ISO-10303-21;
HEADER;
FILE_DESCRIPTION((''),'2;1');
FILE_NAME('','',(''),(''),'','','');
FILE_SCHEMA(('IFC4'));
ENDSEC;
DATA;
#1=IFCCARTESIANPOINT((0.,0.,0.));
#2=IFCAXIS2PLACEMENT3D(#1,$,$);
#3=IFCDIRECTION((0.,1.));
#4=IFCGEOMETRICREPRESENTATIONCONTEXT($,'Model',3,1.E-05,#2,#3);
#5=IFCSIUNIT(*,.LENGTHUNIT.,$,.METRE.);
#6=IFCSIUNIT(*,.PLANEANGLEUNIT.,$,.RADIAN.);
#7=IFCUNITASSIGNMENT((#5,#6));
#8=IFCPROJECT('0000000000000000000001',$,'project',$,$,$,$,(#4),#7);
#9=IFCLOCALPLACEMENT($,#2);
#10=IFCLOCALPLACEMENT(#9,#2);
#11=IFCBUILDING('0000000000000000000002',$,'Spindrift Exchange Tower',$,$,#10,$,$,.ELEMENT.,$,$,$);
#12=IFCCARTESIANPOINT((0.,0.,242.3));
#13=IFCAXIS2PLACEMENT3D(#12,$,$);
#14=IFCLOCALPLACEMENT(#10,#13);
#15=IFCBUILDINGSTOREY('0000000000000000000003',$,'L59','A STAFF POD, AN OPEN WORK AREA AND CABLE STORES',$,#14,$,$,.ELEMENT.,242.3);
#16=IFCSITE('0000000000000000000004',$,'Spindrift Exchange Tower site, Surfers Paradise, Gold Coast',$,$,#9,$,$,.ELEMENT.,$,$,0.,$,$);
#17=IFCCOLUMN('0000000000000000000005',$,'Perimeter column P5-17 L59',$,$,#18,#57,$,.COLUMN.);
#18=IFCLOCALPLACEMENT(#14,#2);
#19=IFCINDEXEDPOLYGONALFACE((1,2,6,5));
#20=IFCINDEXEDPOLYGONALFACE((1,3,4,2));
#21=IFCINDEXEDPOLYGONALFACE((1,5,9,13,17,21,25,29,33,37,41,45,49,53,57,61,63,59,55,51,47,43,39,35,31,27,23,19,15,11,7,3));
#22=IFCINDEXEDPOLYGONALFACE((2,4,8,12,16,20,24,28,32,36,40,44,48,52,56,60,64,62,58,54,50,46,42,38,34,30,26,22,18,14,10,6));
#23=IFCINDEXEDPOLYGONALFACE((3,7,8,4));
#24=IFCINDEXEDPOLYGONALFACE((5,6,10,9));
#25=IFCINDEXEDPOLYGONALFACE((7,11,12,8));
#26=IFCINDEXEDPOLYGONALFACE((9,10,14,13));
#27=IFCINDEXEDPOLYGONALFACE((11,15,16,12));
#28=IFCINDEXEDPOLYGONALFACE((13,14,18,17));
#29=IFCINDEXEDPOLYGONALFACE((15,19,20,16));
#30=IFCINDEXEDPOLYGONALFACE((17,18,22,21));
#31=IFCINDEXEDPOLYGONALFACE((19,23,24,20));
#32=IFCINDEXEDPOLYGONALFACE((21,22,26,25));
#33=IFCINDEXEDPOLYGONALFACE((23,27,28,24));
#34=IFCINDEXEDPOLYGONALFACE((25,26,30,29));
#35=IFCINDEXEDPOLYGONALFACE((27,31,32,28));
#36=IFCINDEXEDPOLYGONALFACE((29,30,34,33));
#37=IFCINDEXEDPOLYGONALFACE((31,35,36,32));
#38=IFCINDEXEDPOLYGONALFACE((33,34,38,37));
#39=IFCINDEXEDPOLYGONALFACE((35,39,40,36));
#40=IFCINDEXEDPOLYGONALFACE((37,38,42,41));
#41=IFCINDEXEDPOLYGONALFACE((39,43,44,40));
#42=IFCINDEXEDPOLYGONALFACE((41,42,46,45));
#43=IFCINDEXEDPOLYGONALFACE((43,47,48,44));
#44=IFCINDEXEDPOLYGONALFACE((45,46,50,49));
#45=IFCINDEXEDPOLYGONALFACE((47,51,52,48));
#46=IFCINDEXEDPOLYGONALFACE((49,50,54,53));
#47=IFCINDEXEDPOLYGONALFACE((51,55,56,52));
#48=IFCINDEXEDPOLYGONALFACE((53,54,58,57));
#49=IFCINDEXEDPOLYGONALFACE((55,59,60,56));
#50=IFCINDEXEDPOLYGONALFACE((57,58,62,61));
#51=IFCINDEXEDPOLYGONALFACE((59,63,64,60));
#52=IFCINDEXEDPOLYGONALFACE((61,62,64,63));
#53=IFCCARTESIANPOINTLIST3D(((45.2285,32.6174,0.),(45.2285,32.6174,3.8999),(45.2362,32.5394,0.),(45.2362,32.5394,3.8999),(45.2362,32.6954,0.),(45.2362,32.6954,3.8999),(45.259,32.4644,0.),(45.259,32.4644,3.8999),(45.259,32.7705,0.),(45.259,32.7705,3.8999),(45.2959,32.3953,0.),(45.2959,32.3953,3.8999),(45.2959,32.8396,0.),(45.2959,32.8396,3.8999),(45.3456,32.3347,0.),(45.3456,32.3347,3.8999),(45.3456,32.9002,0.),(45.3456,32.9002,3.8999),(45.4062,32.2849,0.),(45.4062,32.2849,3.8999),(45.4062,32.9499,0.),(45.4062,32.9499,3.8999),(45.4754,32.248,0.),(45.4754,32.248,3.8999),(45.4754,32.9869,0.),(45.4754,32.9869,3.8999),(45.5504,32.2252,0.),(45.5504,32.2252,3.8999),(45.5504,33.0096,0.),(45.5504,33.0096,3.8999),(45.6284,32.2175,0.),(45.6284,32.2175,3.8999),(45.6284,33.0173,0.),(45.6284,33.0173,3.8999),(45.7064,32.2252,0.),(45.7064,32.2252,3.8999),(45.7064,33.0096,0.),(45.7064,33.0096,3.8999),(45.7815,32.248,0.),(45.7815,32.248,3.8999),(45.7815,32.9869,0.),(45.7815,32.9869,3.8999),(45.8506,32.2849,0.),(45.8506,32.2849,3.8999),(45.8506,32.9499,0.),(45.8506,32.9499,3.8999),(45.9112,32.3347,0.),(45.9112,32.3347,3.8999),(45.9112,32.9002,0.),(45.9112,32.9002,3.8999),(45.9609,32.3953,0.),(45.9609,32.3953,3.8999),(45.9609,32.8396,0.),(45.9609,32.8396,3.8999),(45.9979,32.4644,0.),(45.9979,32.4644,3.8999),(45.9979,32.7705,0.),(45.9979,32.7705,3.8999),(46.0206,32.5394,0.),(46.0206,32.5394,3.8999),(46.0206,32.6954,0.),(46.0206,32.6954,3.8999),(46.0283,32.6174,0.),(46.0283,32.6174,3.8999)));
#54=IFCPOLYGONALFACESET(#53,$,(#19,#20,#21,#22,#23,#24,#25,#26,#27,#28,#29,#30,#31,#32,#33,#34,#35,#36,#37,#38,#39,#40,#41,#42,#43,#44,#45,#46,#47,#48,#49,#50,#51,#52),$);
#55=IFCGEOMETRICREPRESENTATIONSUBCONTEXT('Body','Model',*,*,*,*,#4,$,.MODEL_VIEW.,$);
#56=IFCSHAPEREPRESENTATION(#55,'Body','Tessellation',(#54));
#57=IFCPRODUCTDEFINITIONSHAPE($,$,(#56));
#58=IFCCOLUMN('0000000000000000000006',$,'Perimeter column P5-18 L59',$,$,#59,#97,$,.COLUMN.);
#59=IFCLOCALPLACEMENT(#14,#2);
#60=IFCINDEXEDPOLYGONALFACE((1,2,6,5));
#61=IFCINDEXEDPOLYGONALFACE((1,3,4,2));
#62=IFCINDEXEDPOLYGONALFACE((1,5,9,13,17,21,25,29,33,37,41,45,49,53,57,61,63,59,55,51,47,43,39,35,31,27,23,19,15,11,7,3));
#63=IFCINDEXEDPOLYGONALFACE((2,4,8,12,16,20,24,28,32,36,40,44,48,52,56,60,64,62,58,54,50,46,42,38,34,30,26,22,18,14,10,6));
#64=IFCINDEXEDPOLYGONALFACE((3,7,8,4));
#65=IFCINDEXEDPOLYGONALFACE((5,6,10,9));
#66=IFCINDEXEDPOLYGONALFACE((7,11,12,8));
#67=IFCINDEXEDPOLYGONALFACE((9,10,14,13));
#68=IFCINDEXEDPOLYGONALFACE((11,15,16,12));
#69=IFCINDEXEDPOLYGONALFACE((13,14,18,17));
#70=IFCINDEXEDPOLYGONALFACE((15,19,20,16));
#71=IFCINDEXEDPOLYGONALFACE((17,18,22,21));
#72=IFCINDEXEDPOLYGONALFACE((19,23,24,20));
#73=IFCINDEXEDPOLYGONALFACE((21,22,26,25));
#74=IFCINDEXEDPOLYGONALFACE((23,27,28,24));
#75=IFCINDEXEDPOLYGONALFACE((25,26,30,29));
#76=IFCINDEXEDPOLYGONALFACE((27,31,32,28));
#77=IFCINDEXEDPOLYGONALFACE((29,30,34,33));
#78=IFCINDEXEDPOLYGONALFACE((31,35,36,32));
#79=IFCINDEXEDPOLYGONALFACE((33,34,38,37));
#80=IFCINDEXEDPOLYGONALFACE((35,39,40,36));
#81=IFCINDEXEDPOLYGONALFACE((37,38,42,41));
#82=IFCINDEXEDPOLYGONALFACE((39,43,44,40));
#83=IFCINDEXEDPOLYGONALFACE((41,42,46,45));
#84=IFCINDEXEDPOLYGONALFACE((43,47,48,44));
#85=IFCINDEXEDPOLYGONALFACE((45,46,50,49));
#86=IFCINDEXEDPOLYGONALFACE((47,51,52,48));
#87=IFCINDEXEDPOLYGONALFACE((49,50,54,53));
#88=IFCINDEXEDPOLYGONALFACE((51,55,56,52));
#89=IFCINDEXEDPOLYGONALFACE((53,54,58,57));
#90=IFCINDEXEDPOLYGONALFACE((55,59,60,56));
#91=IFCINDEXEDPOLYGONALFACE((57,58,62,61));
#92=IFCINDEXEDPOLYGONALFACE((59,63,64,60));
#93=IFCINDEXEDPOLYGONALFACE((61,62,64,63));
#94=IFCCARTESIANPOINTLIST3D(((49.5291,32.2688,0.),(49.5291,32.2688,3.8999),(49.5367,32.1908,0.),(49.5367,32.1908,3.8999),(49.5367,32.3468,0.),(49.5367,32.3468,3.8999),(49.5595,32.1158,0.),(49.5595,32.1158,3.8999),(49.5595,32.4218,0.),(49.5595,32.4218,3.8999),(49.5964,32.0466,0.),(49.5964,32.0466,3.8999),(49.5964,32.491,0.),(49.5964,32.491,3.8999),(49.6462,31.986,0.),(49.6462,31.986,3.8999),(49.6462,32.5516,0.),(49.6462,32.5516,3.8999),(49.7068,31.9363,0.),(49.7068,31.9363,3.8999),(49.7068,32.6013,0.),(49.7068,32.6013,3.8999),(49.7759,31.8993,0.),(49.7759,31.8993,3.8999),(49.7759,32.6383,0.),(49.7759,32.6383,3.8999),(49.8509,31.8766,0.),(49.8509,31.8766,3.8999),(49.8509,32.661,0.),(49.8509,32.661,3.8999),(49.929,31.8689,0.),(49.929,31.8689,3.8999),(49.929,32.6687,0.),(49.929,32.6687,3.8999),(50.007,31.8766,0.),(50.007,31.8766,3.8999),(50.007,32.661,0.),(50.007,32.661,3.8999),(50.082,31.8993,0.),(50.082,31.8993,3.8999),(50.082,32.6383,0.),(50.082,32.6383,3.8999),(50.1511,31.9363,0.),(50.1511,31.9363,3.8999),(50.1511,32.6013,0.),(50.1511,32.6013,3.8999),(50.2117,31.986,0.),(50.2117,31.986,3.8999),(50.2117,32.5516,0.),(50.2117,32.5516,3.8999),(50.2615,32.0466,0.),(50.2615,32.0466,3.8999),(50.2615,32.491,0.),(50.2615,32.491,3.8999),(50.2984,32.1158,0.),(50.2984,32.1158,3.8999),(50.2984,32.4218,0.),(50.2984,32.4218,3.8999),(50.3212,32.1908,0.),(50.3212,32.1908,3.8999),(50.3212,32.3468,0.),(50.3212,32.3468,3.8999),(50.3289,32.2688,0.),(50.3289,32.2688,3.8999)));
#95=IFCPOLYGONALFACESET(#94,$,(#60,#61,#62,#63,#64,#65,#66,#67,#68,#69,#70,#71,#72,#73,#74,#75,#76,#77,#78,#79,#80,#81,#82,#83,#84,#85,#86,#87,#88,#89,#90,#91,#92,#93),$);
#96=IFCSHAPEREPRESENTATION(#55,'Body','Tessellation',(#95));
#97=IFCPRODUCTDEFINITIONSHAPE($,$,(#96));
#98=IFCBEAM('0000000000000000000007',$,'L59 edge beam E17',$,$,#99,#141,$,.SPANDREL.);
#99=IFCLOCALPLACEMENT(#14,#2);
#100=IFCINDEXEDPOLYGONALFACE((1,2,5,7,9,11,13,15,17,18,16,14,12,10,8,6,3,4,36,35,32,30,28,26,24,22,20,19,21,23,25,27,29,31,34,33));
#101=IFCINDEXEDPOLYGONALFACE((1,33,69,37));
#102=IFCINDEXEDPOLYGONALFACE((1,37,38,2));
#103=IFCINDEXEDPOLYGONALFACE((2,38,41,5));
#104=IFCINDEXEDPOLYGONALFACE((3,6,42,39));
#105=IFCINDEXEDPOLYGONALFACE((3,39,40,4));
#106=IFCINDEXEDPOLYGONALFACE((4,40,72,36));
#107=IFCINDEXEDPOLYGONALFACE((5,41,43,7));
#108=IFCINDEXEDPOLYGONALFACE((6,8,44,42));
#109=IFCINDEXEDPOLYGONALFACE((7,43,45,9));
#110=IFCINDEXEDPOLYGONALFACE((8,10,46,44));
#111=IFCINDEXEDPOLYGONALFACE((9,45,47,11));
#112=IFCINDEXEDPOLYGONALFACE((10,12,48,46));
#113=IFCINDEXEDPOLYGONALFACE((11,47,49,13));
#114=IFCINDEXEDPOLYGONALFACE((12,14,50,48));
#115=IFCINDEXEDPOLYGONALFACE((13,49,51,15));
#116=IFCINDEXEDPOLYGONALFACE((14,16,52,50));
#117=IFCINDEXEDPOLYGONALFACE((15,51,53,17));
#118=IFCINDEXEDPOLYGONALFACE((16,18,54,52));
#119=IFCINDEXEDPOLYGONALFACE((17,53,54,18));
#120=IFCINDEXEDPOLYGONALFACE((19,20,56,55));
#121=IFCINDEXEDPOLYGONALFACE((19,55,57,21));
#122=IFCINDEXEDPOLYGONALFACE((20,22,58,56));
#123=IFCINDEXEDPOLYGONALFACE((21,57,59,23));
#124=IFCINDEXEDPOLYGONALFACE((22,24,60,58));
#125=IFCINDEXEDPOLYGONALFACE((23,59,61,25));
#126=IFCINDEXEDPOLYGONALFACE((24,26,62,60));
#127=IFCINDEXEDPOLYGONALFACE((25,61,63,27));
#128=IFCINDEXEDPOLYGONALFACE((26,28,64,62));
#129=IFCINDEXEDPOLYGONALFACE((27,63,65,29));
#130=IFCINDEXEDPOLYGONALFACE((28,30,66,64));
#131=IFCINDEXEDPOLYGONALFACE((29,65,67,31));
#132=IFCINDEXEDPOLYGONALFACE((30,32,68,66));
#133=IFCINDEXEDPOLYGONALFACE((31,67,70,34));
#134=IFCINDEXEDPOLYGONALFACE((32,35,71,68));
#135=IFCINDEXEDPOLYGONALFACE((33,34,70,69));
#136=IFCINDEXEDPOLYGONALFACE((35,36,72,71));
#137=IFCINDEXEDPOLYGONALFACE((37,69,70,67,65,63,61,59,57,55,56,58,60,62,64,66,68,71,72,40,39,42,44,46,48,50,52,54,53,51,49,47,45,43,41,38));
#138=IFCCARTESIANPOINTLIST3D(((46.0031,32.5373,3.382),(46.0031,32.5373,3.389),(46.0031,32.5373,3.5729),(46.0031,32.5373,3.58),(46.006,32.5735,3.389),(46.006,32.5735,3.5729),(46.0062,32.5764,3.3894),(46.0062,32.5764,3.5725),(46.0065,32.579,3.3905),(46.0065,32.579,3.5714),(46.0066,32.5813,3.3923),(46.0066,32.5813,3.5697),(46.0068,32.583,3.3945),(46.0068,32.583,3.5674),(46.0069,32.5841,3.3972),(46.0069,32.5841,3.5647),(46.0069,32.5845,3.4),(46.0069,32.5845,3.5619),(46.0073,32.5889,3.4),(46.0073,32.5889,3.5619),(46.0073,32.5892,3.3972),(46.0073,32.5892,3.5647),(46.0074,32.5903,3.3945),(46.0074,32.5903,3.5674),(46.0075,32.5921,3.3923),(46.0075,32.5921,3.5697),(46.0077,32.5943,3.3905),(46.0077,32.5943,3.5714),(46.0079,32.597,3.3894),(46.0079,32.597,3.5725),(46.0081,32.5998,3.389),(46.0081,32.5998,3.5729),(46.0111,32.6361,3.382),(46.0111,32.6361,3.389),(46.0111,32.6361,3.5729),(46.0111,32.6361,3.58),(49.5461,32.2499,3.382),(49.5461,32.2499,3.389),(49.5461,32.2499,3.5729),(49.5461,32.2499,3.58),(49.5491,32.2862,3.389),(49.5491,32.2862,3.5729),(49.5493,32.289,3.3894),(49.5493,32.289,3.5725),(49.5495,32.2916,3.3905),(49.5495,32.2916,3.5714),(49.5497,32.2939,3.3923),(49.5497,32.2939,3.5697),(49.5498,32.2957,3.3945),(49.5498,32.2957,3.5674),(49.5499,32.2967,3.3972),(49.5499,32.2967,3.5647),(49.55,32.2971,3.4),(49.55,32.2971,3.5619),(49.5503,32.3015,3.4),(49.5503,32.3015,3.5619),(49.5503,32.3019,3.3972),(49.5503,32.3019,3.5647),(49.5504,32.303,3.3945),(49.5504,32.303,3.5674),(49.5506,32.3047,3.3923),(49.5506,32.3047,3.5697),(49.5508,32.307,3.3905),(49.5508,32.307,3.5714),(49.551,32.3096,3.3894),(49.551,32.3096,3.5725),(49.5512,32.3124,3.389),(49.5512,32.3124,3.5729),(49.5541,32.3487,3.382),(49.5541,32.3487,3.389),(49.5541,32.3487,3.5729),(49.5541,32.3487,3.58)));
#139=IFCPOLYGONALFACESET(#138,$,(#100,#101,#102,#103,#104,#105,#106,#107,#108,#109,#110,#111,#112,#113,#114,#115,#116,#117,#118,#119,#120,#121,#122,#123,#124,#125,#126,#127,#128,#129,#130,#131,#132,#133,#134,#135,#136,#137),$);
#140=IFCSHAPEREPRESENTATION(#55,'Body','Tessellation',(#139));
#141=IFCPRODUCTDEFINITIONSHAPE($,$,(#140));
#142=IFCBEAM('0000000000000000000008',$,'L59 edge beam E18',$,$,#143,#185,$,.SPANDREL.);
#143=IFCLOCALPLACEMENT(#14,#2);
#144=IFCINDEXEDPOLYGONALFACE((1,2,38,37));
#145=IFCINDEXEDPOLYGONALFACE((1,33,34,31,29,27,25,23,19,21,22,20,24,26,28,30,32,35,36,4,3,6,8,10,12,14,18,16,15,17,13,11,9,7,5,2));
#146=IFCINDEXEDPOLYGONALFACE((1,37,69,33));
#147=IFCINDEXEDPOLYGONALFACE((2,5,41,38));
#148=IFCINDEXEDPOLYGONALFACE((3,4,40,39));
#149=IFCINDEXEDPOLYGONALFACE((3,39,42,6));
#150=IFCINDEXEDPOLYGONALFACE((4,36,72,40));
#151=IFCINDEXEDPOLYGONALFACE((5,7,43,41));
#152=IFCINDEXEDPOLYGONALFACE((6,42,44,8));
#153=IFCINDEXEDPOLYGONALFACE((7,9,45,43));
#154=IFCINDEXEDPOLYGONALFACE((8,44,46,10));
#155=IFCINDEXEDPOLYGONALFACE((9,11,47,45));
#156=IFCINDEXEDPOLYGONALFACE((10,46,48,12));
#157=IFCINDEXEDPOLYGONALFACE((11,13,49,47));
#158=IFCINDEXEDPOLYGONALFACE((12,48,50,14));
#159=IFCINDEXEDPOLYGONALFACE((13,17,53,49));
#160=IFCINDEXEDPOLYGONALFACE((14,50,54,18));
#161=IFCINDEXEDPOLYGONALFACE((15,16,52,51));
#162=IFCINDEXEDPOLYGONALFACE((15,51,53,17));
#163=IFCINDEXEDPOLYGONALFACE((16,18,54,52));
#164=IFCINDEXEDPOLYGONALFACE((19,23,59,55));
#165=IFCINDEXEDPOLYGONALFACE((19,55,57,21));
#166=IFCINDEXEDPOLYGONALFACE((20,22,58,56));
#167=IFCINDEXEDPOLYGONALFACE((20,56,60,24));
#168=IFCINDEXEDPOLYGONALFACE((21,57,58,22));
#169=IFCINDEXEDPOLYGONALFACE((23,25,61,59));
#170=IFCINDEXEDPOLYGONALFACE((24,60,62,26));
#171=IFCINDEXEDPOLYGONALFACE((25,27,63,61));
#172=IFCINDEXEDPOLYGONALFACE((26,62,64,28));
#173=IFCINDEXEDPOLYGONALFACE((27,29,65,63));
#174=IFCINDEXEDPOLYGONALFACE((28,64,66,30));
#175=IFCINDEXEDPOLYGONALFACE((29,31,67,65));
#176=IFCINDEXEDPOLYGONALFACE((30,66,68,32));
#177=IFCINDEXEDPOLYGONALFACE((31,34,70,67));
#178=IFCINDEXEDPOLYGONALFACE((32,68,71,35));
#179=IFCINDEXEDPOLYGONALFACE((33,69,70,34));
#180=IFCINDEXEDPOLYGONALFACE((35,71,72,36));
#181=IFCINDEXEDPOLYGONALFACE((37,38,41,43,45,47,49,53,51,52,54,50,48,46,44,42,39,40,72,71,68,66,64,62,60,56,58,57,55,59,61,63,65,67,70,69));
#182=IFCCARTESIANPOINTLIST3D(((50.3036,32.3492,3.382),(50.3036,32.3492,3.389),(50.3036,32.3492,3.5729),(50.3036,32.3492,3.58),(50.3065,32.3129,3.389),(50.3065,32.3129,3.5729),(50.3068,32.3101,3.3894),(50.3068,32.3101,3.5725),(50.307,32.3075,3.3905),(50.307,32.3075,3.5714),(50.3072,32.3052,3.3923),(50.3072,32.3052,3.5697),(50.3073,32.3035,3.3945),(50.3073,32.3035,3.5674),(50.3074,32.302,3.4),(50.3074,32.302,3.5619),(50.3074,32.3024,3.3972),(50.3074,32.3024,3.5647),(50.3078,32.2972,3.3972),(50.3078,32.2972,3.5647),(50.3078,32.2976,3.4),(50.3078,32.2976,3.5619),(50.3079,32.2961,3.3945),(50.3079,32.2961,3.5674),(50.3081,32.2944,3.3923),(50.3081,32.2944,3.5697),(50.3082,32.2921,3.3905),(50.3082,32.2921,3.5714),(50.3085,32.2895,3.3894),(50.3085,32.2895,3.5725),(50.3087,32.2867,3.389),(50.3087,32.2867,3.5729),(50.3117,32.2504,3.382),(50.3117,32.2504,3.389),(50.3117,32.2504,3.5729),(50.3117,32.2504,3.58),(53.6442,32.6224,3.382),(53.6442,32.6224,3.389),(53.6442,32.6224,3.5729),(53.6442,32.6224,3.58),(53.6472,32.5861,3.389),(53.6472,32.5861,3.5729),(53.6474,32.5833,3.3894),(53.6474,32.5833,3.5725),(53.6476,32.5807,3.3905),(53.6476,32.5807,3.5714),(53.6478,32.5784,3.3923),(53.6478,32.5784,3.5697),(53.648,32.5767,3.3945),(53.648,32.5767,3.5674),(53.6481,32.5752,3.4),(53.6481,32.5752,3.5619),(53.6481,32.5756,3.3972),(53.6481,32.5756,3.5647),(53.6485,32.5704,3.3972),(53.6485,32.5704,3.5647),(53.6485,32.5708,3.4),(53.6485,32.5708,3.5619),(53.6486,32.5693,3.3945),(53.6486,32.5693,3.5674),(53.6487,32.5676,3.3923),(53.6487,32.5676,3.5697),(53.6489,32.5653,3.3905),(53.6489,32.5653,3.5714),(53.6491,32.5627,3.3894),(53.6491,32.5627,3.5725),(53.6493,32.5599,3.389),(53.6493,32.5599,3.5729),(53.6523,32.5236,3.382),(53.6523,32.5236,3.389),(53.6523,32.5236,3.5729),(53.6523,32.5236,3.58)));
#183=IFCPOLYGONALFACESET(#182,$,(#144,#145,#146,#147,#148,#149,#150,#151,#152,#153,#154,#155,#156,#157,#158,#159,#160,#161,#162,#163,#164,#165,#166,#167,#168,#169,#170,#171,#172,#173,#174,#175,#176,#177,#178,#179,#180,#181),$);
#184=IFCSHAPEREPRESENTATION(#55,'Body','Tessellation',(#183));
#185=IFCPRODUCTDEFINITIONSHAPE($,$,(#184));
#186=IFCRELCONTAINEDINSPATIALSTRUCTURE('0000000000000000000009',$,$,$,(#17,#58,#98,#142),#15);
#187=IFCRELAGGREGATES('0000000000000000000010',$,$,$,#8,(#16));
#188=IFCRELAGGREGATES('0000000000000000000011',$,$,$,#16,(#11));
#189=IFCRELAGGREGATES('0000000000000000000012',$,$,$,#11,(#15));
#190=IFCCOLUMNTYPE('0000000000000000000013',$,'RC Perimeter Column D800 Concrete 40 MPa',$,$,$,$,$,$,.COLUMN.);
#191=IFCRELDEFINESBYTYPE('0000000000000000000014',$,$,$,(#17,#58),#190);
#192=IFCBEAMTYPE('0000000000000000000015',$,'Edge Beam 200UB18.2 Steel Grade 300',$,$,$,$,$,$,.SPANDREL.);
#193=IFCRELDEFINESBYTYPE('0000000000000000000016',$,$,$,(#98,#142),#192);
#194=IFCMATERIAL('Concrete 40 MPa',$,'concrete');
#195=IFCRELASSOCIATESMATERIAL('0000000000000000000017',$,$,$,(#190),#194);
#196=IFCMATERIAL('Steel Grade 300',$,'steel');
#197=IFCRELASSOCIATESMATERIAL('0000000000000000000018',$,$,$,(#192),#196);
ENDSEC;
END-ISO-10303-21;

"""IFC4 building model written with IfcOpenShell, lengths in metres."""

from ifc_helpers import new_model, si_unit, direction, frame, origin, origin_2d, place, context, subcontext, project, spatial, circle, i_section, extrude, source, transform, mapped, material, material_profile, profile_set, type_object, element, save


model = new_model("IFC4")

# Units and contexts
model_context = context("Model", 3, precision=1e-05, world=origin(), true_north=direction((0.0, 1.0)))
body_context = subcontext(model_context, "Body", "Model", "MODEL_VIEW")
ifc_project = project(units=[si_unit("LENGTHUNIT", "METRE"), si_unit("PLANEANGLEUNIT", "RADIAN")], contexts=[model_context])

# Site, building, storey
site_placement = place(None, origin())
site = spatial("IfcSite", under=ifc_project, at=site_placement, Name="Spindrift Exchange Tower site, Surfers Paradise, Gold Coast", CompositionType="ELEMENT", RefElevation=0.0)
building_placement = place(site_placement, origin())
building = spatial("IfcBuilding", under=site, at=building_placement, Name="Spindrift Exchange Tower", CompositionType="ELEMENT")
storey_placement = place(building_placement, frame((0.0, 0.0, 242.3)))
storey = spatial("IfcBuildingStorey", under=building, at=storey_placement, Name="L59", Description="A STAFF POD, AN OPEN WORK AREA AND CABLE STORES", CompositionType="ELEMENT", Elevation=242.3)

# Columns
ifc_material_1 = material(Name="Concrete 40 MPa", Category="concrete")
ifc_material_profile_1 = material_profile(ifc_material_1, circle(Radius=0.3999, at=origin_2d()), Name="RC D800")
ifc_profile_set_1 = profile_set([ifc_material_profile_1], Name="Concrete 40 MPa")
column_type = type_object("IfcColumnType", Name="RC Perimeter Column D800 Concrete 40 MPa", PredefinedType="COLUMN", material=ifc_profile_set_1)
shared_shape_1 = source(origin(), body_context, "Body", "SweptSolid", [
    extrude(circle(Radius=0.3999, at=origin_2d()), origin(), (0.0, 0.0, 1.0), 3.8999),
])
for number, where, z_axis, x_axis, name in (
    (1, (45.6284, 32.6174, 0.0), (0.0, 0.0, 1.0), (1.0, 0.0, 0.0), "Perimeter column P5-17 L59"),
    (2, (49.929, 32.2688, 0.0), (0.0, 0.0, 1.0), (1.0, 0.0, 0.0), "Perimeter column P5-18 L59"),
):
    element("IfcColumn", number, at=place(storey_placement, frame(where, z_axis=z_axis, x_axis=x_axis)), inside=storey, type_object=column_type, Name=name, PredefinedType="COLUMN", context=body_context, shape_type="MappedRepresentation", body=[
        mapped(shared_shape_1, transform((0.0, 0.0, 0.0), scale=1.0)),
    ])

# Beams
ifc_material_2 = material(Name="Steel Grade 300", Category="steel")
ifc_material_profile_2 = material_profile(ifc_material_2, i_section(OverallWidth=0.0991, OverallDepth=0.198, WebThickness=0.0044, FlangeThickness=0.0071, FilletRadius=0.011, at=origin_2d()), Name="200UB18.2")
ifc_profile_set_2 = profile_set([ifc_material_profile_2], Name="Steel Grade 300")
beam_type_1 = type_object("IfcBeamType", Name="Edge Beam 200UB18.2 Steel Grade 300", PredefinedType="SPANDREL", material=ifc_profile_set_2)
shared_shape_2 = source(origin(), body_context, "Body", "SweptSolid", [
    extrude(i_section(OverallWidth=0.0991, OverallDepth=0.198, WebThickness=0.0044, FlangeThickness=0.0071, FilletRadius=0.011, at=origin_2d()), origin(), (0.0, 0.0, 1.0), 3.5547),
])
beam_1_placement = place(storey_placement, frame((46.0071, 32.5867, 3.481), z_axis=(0.996727, -0.08084, 0.0), x_axis=(0.08084, 0.996727, 0.0)))
element("IfcBeam", 3, at=beam_1_placement, inside=storey, type_object=beam_type_1, Name="L59 edge beam E17", PredefinedType="SPANDREL", context=body_context, shape_type="MappedRepresentation", body=[
    mapped(shared_shape_2, transform((0.0, 0.0, 0.0), scale=1.0)),
])
shared_shape_3 = source(origin(), body_context, "Body", "SweptSolid", [
    extrude(i_section(OverallWidth=0.0991, OverallDepth=0.198, WebThickness=0.0044, FlangeThickness=0.0071, FilletRadius=0.011, at=origin_2d()), origin(), (0.0, 0.0, 1.0), 3.3518),
])
beam_2_placement = place(storey_placement, frame((50.3076, 32.2998, 3.481), z_axis=(0.996673, 0.081508, 0.0), x_axis=(-0.081508, 0.996673, 0.0)))
element("IfcBeam", 4, at=beam_2_placement, inside=storey, type_object=beam_type_1, Name="L59 edge beam E18", PredefinedType="SPANDREL", context=body_context, shape_type="MappedRepresentation", body=[
    mapped(shared_shape_3, transform((0.0, 0.0, 0.0), scale=1.0)),
])

save(model, "model.ifc")
